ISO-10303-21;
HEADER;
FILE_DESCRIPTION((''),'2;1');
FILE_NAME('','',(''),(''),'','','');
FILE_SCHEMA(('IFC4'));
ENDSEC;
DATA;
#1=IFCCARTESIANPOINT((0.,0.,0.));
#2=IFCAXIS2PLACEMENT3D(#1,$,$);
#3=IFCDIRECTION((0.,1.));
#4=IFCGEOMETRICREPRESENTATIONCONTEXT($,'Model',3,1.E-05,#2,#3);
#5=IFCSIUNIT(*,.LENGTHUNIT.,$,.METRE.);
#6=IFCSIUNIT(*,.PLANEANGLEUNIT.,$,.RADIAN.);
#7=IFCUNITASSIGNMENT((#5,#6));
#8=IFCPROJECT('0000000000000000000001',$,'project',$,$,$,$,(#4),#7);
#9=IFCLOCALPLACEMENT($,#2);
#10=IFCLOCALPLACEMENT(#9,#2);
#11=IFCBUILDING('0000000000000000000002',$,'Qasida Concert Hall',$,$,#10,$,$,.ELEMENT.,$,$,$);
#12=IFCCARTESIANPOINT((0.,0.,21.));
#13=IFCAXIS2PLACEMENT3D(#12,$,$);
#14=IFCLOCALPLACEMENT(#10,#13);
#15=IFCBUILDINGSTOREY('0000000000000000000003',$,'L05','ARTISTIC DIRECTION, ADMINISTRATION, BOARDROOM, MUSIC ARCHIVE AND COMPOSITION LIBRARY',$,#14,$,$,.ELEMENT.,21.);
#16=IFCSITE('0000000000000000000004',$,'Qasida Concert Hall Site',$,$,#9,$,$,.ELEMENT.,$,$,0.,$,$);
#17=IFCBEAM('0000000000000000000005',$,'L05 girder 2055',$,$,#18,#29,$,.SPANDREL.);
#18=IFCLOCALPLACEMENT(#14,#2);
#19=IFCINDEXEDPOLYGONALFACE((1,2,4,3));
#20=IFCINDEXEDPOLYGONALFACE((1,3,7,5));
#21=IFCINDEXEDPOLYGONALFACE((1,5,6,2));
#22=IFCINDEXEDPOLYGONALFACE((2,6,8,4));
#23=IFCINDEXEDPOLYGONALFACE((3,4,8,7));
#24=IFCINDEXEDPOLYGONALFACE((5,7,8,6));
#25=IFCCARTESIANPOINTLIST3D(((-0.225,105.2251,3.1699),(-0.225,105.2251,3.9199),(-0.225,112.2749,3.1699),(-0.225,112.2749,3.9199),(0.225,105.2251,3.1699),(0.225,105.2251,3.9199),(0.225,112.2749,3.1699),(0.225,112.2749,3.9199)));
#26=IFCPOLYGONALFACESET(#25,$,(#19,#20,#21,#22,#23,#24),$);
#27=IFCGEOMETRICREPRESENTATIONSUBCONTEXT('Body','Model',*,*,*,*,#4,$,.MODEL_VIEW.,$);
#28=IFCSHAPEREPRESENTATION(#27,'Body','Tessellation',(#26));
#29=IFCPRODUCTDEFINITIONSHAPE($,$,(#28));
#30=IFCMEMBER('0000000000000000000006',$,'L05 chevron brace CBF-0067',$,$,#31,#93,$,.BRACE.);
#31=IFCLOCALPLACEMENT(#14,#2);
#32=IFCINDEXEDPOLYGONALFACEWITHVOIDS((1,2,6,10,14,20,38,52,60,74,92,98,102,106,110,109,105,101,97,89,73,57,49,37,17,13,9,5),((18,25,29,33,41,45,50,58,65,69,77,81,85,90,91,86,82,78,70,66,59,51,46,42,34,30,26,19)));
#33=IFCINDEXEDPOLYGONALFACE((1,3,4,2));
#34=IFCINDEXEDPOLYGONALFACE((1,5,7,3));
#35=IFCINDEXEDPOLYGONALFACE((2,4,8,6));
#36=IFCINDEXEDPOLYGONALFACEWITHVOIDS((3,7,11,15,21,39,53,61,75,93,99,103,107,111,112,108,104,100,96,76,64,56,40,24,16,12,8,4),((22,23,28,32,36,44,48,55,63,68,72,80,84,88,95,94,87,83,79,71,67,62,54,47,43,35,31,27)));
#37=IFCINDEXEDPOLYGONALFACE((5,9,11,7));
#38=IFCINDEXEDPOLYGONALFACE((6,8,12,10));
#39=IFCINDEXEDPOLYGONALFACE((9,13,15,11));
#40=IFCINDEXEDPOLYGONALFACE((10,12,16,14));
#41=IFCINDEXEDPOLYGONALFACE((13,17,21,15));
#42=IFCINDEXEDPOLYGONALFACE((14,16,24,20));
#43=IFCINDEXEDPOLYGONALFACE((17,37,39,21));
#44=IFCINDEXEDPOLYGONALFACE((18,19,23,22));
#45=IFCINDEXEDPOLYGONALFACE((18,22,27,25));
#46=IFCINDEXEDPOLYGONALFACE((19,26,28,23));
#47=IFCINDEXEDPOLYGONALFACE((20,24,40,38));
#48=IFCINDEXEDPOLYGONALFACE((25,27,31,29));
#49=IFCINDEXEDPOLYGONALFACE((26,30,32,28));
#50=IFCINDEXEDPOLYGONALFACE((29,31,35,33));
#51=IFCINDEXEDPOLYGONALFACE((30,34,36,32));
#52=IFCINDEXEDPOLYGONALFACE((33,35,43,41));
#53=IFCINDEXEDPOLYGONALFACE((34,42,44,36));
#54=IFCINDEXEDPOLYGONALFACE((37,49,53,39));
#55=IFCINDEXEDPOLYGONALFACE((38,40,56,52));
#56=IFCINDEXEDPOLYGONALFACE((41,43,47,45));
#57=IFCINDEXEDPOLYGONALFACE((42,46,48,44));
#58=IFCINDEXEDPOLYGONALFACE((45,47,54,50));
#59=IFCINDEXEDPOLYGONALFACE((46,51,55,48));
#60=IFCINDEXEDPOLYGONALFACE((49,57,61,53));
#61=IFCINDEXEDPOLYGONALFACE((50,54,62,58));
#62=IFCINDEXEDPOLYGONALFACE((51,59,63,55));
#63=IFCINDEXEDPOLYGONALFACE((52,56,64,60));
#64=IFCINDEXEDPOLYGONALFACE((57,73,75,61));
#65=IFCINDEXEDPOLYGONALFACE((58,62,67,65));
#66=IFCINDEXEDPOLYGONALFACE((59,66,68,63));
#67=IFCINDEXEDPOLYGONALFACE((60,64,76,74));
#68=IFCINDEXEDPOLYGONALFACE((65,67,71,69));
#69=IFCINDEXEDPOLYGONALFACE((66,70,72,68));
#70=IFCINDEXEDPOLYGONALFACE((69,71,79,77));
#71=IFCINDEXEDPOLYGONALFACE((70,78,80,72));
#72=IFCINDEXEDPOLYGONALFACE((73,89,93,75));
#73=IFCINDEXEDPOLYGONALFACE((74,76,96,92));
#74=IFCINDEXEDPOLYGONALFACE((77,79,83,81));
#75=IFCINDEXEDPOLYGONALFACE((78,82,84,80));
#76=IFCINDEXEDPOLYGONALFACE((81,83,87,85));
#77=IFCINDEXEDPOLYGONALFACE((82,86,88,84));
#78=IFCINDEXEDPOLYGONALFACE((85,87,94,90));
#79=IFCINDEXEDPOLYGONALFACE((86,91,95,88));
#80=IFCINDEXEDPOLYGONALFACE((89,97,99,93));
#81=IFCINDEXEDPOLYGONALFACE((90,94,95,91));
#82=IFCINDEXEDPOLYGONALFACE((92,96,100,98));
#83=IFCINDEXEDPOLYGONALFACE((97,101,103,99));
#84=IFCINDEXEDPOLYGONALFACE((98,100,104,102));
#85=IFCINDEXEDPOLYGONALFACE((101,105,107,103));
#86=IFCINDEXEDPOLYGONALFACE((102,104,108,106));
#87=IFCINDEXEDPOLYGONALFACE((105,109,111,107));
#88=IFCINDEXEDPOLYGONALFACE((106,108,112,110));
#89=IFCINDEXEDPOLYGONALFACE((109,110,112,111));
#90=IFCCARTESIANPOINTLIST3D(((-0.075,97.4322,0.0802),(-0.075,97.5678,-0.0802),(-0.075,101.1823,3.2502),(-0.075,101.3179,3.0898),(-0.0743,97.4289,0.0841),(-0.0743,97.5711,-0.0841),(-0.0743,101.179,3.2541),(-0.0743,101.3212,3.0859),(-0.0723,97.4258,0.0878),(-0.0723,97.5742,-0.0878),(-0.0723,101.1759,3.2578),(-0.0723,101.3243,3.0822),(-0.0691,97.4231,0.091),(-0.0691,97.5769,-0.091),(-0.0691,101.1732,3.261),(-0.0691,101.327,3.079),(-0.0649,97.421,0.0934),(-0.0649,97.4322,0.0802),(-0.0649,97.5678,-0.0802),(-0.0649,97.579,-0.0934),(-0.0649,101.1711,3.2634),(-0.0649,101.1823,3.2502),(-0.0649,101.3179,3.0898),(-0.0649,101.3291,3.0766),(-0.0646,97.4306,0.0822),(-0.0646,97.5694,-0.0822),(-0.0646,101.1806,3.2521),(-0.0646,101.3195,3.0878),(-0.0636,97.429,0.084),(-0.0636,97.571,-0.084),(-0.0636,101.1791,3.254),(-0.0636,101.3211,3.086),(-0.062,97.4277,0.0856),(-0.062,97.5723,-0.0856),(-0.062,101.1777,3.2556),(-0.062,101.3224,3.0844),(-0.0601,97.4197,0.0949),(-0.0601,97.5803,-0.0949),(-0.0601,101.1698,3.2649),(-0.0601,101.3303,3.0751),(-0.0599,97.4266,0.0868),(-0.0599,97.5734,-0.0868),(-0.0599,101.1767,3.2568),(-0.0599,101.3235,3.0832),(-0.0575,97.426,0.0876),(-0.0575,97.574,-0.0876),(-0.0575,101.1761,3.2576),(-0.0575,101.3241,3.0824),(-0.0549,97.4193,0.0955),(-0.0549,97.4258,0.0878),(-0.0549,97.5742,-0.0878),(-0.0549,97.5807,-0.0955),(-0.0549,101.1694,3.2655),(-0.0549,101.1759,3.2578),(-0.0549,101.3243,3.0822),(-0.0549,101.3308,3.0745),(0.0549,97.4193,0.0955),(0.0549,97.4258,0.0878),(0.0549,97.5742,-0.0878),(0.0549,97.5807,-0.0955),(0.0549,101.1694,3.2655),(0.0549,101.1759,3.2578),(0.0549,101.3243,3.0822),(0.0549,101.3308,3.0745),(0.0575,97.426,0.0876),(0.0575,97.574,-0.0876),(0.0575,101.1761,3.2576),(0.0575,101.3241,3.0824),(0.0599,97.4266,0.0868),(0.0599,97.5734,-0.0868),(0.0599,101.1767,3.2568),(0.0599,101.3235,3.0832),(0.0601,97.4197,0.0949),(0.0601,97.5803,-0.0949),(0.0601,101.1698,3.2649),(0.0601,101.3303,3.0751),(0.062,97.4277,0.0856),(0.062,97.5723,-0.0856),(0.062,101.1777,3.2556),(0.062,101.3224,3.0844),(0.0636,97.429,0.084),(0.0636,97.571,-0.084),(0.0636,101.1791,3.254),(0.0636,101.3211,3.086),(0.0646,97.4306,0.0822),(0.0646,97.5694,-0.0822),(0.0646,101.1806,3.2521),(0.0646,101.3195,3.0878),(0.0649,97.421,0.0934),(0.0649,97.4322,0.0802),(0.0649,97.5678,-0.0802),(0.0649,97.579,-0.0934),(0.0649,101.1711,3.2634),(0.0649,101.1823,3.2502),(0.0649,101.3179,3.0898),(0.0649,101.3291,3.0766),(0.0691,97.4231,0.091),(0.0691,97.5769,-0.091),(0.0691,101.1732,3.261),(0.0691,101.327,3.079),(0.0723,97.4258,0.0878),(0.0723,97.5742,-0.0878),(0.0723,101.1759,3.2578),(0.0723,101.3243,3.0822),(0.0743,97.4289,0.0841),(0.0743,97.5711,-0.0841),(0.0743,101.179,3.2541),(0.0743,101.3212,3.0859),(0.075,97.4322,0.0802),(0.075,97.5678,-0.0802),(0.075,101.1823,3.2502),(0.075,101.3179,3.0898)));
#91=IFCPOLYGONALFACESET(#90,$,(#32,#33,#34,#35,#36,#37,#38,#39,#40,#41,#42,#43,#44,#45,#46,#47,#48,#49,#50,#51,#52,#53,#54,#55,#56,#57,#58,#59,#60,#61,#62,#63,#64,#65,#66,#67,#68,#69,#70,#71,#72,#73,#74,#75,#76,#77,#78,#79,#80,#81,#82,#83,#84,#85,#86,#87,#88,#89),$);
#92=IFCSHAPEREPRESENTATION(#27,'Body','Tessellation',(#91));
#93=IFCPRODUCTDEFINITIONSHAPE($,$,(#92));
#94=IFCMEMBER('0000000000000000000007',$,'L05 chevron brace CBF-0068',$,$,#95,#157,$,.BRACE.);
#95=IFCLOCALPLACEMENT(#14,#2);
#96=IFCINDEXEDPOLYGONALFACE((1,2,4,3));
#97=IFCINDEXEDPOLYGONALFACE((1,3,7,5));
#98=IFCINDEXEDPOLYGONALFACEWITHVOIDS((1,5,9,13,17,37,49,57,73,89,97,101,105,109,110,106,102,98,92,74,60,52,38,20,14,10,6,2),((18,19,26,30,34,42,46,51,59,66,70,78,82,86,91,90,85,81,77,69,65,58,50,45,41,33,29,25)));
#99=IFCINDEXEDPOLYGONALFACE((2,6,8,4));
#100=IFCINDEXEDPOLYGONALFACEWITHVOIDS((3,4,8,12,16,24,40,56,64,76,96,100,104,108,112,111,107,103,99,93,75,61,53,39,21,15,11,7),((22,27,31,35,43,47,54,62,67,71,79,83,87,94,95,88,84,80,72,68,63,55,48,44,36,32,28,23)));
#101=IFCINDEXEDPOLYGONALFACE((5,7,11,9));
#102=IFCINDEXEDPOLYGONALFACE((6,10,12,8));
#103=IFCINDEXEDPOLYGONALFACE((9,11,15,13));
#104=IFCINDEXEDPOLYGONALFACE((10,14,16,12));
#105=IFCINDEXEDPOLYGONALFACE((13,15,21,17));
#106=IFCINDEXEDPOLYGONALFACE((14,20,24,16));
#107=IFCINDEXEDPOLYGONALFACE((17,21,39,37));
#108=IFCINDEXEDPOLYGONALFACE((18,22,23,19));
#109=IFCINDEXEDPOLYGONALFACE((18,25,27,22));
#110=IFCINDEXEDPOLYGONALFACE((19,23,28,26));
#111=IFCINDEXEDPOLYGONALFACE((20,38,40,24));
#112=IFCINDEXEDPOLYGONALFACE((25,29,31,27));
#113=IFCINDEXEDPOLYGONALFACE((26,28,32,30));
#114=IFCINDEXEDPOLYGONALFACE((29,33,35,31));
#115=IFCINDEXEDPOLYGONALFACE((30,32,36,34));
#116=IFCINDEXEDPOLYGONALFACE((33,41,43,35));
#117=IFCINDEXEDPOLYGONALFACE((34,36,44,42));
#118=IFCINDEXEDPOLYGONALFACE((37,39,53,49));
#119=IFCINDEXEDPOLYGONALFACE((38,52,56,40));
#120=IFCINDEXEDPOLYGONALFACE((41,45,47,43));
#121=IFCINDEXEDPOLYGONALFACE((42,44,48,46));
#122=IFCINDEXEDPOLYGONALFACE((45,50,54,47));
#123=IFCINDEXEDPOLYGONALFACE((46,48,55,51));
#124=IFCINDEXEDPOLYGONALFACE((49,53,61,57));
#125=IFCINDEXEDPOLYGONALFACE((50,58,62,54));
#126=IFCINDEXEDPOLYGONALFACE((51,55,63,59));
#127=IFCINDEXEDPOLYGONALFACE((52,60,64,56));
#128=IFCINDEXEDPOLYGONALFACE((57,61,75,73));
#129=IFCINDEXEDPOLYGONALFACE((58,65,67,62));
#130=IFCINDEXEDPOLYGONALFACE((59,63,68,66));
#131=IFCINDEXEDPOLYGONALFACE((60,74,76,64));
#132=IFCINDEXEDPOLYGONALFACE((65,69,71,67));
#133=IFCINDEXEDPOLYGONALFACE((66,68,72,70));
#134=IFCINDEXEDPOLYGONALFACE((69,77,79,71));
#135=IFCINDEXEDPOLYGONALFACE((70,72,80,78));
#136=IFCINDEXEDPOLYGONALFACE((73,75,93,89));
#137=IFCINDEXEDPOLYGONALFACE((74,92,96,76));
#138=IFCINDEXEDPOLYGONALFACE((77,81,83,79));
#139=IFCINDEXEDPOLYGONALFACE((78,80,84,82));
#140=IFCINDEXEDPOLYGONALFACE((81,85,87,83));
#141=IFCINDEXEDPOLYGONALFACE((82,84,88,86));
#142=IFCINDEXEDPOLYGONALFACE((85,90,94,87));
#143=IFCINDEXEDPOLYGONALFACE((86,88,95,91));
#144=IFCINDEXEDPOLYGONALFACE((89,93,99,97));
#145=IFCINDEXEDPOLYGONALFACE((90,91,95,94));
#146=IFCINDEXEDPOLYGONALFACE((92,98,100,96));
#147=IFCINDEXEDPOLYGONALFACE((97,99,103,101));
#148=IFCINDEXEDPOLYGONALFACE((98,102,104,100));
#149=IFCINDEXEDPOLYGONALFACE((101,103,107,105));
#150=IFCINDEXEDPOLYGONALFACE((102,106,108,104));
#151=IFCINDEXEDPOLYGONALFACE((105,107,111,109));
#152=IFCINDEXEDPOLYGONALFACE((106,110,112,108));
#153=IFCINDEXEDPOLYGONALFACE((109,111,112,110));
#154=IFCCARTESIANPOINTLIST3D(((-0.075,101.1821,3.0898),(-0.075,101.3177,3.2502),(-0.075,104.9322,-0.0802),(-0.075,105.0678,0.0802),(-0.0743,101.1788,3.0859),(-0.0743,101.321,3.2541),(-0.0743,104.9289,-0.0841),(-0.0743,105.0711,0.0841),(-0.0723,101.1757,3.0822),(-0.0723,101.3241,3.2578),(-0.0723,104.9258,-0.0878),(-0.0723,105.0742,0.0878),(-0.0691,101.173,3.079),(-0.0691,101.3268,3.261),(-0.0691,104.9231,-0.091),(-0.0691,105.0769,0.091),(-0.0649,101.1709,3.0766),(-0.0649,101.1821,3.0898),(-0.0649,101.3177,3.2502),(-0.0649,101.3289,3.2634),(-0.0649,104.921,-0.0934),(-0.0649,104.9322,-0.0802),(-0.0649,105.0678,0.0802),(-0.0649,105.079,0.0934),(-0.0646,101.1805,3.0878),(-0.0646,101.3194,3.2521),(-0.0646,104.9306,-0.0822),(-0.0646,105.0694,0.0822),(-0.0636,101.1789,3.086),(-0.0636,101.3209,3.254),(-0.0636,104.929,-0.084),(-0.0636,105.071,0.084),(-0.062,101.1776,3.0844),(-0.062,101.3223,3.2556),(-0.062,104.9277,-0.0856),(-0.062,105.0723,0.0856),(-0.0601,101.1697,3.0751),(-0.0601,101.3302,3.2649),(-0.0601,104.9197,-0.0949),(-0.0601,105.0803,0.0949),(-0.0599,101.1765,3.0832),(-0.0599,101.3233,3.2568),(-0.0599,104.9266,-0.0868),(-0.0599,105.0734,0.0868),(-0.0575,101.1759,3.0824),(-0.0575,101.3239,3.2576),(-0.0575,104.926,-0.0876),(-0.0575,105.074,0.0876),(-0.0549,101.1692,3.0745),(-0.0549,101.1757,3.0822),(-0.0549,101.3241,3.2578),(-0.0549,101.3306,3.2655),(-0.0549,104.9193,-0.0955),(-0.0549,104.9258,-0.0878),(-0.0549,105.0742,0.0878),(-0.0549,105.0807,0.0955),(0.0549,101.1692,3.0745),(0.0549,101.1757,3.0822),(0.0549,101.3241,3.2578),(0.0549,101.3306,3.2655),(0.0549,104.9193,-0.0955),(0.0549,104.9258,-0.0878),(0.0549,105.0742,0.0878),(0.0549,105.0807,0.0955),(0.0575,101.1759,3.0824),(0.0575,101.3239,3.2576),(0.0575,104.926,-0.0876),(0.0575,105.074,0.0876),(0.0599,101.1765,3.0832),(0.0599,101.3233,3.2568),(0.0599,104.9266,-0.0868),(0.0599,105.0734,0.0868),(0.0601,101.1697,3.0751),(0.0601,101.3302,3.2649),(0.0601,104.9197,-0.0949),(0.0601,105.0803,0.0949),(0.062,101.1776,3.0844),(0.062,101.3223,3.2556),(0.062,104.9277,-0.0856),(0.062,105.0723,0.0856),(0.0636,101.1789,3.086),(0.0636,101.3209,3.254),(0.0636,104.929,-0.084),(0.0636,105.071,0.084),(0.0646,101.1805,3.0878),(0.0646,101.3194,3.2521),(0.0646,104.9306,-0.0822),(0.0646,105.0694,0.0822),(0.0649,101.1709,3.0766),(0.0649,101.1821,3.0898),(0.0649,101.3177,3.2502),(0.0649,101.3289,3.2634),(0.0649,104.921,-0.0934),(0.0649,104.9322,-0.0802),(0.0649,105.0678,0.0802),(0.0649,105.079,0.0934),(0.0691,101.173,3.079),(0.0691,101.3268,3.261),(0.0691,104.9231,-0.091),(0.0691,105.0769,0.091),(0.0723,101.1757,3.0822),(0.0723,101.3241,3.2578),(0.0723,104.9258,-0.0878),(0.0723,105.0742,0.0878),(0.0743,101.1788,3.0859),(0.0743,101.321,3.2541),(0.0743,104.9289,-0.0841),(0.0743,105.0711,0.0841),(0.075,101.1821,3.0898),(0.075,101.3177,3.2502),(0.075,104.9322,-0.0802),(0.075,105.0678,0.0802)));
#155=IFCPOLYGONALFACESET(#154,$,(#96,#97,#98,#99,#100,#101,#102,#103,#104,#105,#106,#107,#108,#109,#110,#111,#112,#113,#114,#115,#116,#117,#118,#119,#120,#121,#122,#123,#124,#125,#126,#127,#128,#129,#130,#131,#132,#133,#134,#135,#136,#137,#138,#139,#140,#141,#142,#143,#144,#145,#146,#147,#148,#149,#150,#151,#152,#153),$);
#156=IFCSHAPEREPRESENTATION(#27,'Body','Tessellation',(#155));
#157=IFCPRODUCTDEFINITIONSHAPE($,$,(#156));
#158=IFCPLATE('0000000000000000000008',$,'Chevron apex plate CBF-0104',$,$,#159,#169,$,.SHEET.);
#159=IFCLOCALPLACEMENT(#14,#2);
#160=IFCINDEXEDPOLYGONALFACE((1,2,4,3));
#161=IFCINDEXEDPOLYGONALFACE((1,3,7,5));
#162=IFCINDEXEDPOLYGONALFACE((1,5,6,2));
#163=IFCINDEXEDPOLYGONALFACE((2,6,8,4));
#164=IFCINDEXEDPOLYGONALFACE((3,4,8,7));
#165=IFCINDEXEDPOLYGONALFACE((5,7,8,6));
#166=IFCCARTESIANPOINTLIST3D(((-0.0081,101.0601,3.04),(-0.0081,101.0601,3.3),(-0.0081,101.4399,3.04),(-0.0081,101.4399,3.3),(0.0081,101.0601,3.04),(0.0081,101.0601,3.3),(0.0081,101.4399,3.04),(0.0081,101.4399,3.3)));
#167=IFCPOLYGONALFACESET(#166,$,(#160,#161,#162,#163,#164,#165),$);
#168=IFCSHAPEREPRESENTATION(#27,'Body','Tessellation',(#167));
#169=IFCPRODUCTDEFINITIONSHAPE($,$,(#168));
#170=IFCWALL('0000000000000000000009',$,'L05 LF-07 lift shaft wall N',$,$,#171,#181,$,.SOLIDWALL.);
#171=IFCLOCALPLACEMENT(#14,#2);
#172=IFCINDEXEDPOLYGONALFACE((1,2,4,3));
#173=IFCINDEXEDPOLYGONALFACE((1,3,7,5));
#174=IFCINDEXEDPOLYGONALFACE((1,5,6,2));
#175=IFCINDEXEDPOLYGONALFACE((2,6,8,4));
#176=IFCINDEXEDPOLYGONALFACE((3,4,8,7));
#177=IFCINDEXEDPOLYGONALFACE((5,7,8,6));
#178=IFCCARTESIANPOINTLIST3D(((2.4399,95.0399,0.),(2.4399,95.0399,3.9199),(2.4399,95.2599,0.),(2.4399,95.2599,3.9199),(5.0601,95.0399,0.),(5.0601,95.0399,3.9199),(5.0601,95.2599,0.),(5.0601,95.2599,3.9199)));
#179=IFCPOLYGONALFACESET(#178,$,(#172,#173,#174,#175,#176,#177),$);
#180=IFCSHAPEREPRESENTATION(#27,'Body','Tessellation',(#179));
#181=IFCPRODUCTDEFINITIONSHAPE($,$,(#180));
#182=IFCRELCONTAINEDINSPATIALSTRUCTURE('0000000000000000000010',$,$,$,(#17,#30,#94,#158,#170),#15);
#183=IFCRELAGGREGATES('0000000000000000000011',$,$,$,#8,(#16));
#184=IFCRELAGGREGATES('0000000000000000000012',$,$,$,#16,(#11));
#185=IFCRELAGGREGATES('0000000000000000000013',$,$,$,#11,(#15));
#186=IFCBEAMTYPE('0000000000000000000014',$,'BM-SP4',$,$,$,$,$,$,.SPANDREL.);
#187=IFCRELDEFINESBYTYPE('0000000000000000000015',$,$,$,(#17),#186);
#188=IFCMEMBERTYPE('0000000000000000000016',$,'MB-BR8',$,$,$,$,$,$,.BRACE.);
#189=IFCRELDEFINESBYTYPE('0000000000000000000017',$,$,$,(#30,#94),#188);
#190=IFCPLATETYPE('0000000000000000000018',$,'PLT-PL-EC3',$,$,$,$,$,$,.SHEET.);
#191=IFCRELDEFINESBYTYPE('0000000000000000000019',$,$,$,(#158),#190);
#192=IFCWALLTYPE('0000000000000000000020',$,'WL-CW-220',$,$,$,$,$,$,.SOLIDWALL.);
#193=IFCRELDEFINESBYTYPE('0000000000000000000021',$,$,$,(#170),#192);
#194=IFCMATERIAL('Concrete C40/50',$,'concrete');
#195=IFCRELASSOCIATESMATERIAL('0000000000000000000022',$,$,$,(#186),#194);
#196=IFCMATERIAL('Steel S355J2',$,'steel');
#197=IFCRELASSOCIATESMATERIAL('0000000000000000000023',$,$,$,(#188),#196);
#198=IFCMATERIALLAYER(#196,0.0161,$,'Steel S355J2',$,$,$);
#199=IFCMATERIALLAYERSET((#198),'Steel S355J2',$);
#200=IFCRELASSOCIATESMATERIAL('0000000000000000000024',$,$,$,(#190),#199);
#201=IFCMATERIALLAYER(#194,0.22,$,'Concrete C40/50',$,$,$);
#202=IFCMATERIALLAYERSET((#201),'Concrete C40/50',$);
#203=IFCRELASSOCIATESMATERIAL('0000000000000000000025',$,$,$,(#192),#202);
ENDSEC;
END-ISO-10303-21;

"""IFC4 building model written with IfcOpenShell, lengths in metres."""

from ifc_helpers import new_model, si_unit, direction, frame, frame_2d, origin, origin_2d, place, context, subcontext, project, spatial, rectangle, hollow_rectangle, extrude, material, layer, layer_set, material_profile, profile_set, type_object, element, save


model = new_model("IFC4")

# Units and contexts
model_context = context("Model", 3, precision=1e-05, world=origin(), true_north=direction((0.0, 1.0)))
body_context = subcontext(model_context, "Body", "Model", "MODEL_VIEW")
ifc_project = project(units=[si_unit("LENGTHUNIT", "METRE"), si_unit("PLANEANGLEUNIT", "RADIAN")], contexts=[model_context])

# Site, building, storey
site_placement = place(None, origin())
site = spatial("IfcSite", under=ifc_project, at=site_placement, Name="Qasida Concert Hall Site", CompositionType="ELEMENT", RefElevation=0.0)
building_placement = place(site_placement, origin())
building = spatial("IfcBuilding", under=site, at=building_placement, Name="Qasida Concert Hall", CompositionType="ELEMENT")
storey_placement = place(building_placement, frame((0.0, 0.0, 21.0)))
storey = spatial("IfcBuildingStorey", under=building, at=storey_placement, Name="L05", Description="ARTISTIC DIRECTION, ADMINISTRATION, BOARDROOM, MUSIC ARCHIVE AND COMPOSITION LIBRARY", CompositionType="ELEMENT", Elevation=21.0)

# Beam
ifc_material_1 = material(Name="Concrete C40/50", Category="concrete")
ifc_material_2 = material(Name="Steel S355J2", Category="steel")
ifc_material_profile_1 = material_profile(ifc_material_1, rectangle(XDim=0.45, YDim=0.75, at=origin_2d()), Name="RC 450x750")
ifc_profile_set_1 = profile_set([ifc_material_profile_1], Name="Concrete C40/50")
beam_type_1 = type_object("IfcBeamType", Name="BM-SP4", PredefinedType="SPANDREL", material=ifc_profile_set_1)
beam_1_placement = place(storey_placement, frame((0.0, 105.2251, 3.5449), z_axis=(0.0, 1.0, 0.0), x_axis=(-1.0, 0.0, 0.0)))
element("IfcBeam", 1, at=beam_1_placement, inside=storey, type_object=beam_type_1, Name="L05 girder 2055", PredefinedType="SPANDREL", context=body_context, shape_type="SweptSolid", body=[
    extrude(rectangle(XDim=0.45, YDim=0.75, at=origin_2d()), origin(), (0.0, 0.0, 1.0), 7.0498),
])

# Members
ifc_material_profile_2 = material_profile(ifc_material_2, hollow_rectangle(XDim=0.1499, YDim=0.25, WallThickness=0.01, InnerFilletRadius=0.01, OuterFilletRadius=0.02, at=origin_2d()), Name="RHS 250x150x10")
ifc_profile_set_2 = profile_set([ifc_material_profile_2], Name="Steel S355J2")
member_type = type_object("IfcMemberType", Name="MB-BR8", PredefinedType="BRACE", material=ifc_profile_set_2)
for number, where, z_axis, x_axis, name in (
    (2, (0.0, 97.5, 0.0), (0.0, 0.763703, 0.645568), (-1.0, 0.0, 0.0), "L05 chevron brace CBF-0067"),
    (3, (0.0, 105.0, 0.0), (0.0, -0.763703, 0.645568), (1.0, 0.0, 0.0), "L05 chevron brace CBF-0068"),
):
    element("IfcMember", number, at=place(storey_placement, frame(where, z_axis=z_axis, x_axis=x_axis)), inside=storey, type_object=member_type, Name=name, PredefinedType="BRACE", context=body_context, shape_type="SweptSolid", body=[
        extrude(hollow_rectangle(XDim=0.1499, YDim=0.25, WallThickness=0.01, InnerFilletRadius=0.01, OuterFilletRadius=0.02, at=origin_2d()), origin(), (0.0, 0.0, 1.0), 4.9104),
    ])

# Plate
ifc_layer_1 = layer(ifc_material_2, 0.0161, Name="Steel S355J2")
ifc_layer_set_1 = layer_set([ifc_layer_1], Name="Steel S355J2")
plate_type = type_object("IfcPlateType", Name="PLT-PL-EC3", PredefinedType="SHEET", material=ifc_layer_set_1)
plate_placement = place(storey_placement, frame((0.0, 101.25, 3.04), z_axis=(0.0, 0.0, 1.0), x_axis=(0.0, 1.0, 0.0)))
element("IfcPlate", 4, at=plate_placement, inside=storey, type_object=plate_type, Name="Chevron apex plate CBF-0104", PredefinedType="SHEET", context=body_context, shape_type="SweptSolid", body=[
    extrude(rectangle(XDim=0.3799, YDim=0.0161, at=origin_2d()), origin(), (0.0, 0.0, 1.0), 0.26),
])

# Wall
ifc_layer_2 = layer(ifc_material_1, 0.22, Name="Concrete C40/50")
ifc_layer_set_2 = layer_set([ifc_layer_2], Name="Concrete C40/50")
wall_type_1 = type_object("IfcWallType", Name="WL-CW-220", PredefinedType="SOLIDWALL", material=ifc_layer_set_2)
wall_1_placement = place(storey_placement, frame((2.4399, 95.1499, 0.0), z_axis=(0.0, 0.0, 1.0), x_axis=(1.0, 0.0, 0.0)))
element("IfcWall", 5, at=wall_1_placement, inside=storey, type_object=wall_type_1, Name="L05 LF-07 lift shaft wall N", PredefinedType="SOLIDWALL", context=body_context, shape_type="SweptSolid", body=[
    extrude(rectangle(XDim=2.6201, YDim=0.22, at=frame_2d((1.3101, 0.0))), origin(), (0.0, 0.0, 1.0), 3.9199),
])

save(model, "model.ifc")
